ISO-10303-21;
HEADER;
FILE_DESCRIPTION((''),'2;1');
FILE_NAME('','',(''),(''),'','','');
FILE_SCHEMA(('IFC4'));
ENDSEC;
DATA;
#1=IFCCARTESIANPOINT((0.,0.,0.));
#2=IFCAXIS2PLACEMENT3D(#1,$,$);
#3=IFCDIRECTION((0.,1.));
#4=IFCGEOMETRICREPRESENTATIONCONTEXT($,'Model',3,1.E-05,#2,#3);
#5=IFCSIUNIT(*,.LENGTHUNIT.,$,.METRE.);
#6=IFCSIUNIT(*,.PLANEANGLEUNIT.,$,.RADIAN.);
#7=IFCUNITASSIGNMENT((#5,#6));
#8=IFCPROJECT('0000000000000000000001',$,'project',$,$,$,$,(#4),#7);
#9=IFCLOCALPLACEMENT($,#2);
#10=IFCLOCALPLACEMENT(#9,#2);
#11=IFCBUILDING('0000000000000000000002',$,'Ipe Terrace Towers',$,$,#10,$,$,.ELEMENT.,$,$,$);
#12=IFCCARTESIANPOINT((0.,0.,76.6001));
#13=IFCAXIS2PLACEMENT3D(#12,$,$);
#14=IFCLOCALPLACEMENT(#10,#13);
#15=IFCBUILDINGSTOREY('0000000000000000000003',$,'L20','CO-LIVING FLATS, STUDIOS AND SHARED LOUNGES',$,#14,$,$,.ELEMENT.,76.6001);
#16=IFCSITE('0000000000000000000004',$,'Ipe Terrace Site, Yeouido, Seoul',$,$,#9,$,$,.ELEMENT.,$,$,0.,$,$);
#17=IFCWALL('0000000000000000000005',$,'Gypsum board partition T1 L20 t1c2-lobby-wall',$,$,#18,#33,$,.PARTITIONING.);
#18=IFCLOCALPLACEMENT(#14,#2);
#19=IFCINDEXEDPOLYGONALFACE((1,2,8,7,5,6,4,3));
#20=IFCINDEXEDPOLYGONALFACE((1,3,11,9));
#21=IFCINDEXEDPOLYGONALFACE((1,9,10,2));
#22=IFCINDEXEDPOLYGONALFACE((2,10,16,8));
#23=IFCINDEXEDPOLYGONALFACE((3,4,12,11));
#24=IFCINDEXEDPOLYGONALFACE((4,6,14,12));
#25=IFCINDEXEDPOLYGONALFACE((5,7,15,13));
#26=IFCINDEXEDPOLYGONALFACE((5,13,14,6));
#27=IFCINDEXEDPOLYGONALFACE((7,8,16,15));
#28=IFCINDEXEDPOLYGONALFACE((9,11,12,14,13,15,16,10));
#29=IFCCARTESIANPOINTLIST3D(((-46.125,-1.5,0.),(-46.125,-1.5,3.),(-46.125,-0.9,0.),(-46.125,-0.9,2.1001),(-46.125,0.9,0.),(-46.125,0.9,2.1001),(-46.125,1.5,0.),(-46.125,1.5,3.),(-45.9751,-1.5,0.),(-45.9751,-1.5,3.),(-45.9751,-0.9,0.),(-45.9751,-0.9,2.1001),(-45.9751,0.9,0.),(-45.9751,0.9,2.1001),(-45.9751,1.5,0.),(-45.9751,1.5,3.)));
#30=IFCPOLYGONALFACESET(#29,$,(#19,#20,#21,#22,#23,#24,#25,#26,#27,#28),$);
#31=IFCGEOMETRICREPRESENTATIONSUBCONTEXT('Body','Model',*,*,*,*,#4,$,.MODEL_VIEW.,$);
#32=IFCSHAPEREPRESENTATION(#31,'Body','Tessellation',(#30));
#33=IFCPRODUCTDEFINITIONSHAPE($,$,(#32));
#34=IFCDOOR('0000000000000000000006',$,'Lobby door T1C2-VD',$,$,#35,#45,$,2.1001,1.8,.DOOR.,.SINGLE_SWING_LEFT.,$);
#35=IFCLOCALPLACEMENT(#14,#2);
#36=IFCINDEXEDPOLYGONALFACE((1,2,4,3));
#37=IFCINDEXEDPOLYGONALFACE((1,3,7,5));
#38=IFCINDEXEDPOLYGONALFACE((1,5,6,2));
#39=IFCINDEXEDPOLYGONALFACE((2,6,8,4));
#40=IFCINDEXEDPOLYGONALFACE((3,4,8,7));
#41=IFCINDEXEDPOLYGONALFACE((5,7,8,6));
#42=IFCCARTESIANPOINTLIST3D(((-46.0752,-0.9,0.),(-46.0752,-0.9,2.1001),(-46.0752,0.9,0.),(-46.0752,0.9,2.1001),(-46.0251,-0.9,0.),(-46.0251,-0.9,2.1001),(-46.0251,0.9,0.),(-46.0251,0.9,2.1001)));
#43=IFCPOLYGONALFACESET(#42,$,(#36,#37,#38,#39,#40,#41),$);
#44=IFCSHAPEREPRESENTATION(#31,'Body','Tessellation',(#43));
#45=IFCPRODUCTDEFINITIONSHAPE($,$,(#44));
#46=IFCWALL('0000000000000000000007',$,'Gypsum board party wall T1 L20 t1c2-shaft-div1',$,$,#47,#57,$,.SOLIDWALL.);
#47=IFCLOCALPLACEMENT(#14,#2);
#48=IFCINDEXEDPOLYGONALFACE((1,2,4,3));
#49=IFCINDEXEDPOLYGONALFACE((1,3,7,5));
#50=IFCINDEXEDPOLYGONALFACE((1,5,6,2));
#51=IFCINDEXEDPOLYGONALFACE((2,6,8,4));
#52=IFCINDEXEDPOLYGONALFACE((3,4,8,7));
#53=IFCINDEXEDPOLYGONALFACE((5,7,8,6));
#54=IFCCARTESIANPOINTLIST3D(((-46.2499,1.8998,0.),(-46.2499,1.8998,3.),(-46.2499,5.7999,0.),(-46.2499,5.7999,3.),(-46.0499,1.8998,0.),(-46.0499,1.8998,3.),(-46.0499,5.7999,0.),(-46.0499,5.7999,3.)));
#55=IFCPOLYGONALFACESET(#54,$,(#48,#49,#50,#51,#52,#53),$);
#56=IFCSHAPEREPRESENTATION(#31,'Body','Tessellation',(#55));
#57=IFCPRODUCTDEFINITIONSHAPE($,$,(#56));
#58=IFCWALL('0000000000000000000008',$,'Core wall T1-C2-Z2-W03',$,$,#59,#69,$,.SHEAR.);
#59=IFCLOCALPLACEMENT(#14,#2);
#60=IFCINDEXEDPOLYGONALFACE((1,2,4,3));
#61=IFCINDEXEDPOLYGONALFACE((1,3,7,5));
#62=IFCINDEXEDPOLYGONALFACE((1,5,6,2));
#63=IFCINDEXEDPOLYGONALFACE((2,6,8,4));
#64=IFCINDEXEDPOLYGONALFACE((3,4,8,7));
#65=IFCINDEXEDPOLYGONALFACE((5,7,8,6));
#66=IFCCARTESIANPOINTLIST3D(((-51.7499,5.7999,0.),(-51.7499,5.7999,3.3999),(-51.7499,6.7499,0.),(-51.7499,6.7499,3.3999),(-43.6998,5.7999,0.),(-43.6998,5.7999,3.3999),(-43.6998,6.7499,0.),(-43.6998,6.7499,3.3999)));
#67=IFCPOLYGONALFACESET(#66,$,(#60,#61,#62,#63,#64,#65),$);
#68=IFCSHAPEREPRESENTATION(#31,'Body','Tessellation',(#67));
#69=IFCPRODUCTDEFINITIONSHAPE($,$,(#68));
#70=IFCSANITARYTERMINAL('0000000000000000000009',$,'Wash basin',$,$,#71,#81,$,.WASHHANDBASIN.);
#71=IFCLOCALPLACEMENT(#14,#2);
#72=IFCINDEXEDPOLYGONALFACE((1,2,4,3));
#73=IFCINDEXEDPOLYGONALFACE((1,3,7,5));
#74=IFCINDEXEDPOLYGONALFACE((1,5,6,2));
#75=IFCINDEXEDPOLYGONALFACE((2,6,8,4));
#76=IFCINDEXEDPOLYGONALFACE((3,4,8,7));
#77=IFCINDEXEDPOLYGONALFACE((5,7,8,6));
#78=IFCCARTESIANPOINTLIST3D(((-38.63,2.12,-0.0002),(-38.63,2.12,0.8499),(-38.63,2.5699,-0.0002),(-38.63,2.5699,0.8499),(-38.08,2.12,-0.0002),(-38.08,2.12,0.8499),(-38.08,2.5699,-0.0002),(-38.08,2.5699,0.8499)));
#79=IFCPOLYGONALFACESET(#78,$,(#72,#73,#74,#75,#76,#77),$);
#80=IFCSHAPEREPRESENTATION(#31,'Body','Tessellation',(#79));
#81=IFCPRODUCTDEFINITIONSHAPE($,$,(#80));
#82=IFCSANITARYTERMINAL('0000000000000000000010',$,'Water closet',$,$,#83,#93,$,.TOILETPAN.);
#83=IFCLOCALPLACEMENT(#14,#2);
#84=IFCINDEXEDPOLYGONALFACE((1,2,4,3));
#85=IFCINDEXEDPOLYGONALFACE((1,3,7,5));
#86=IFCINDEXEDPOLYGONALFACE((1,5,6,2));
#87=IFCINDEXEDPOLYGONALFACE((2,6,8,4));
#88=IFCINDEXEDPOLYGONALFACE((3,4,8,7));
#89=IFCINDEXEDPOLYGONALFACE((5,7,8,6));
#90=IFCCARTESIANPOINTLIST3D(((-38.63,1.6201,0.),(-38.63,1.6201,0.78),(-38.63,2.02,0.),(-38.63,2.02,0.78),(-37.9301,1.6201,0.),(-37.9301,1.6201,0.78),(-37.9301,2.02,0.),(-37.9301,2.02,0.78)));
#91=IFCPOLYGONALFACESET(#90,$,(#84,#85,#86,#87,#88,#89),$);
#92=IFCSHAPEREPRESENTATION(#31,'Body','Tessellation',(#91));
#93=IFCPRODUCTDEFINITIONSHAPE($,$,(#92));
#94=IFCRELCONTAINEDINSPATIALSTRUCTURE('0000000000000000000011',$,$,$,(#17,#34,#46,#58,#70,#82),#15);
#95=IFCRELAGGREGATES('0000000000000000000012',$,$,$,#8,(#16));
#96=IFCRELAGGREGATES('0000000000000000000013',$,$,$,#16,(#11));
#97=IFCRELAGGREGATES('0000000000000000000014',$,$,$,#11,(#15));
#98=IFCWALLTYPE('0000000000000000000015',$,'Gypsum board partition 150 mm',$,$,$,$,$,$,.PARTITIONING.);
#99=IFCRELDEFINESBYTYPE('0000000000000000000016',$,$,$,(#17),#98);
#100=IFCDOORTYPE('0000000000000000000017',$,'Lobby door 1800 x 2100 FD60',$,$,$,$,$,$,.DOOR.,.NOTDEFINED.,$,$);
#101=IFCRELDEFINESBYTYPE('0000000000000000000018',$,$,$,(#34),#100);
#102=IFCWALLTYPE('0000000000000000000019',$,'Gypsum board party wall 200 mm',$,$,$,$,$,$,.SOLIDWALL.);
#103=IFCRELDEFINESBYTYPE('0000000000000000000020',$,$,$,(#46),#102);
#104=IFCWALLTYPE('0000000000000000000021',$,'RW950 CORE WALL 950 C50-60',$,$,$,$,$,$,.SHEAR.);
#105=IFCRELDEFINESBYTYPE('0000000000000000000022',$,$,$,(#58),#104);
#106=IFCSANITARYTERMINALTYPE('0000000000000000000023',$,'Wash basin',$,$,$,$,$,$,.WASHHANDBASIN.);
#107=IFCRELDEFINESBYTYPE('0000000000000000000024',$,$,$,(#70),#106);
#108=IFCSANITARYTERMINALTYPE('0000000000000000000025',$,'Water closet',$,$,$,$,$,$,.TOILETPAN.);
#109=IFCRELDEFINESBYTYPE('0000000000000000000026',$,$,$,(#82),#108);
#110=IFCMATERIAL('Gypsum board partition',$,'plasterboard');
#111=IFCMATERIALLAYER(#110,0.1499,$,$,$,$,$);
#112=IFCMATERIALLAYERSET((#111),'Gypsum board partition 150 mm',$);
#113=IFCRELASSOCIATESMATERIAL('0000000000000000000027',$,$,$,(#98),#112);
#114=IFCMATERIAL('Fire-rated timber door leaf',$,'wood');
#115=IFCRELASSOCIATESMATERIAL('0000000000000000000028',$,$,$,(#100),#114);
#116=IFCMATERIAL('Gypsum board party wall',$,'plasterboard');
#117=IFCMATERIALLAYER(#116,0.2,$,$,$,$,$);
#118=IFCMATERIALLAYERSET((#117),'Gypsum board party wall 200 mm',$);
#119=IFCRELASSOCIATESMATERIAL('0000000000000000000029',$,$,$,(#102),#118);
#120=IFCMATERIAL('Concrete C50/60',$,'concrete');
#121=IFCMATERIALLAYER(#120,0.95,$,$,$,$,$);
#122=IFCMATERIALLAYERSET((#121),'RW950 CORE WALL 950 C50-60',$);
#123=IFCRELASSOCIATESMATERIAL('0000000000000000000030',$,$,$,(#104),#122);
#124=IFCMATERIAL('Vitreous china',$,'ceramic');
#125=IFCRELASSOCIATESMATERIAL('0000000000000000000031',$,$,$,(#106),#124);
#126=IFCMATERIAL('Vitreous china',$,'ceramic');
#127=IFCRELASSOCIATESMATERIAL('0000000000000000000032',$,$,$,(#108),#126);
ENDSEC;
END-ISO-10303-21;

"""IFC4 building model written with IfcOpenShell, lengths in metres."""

from ifc_helpers import new_model, si_unit, direction, frame, frame_2d, origin, origin_2d, place, context, subcontext, project, spatial, rectangle, extrude, material, layer, layer_set, type_object, element, fill, save


model = new_model("IFC4")

# Units and contexts
model_context = context("Model", 3, precision=1e-05, world=origin(), true_north=direction((0.0, 1.0)))
body_context = subcontext(model_context, "Body", "Model", "MODEL_VIEW")
ifc_project = project(units=[si_unit("LENGTHUNIT", "METRE"), si_unit("PLANEANGLEUNIT", "RADIAN")], contexts=[model_context])

# Site, building, storey
site_placement = place(None, origin())
site = spatial("IfcSite", under=ifc_project, at=site_placement, Name="Ipe Terrace Site, Yeouido, Seoul", CompositionType="ELEMENT", RefElevation=0.0)
building_placement = place(site_placement, origin())
building = spatial("IfcBuilding", under=site, at=building_placement, Name="Ipe Terrace Towers", CompositionType="ELEMENT")
storey_placement = place(building_placement, frame((0.0, 0.0, 76.6001)))
storey = spatial("IfcBuildingStorey", under=building, at=storey_placement, Name="L20", Description="CO-LIVING FLATS, STUDIOS AND SHARED LOUNGES", CompositionType="ELEMENT", Elevation=76.6001)

# Wall, opening, door
ifc_material_1 = material(Name="Gypsum board partition", Category="plasterboard")
ifc_layer_1 = layer(ifc_material_1, 0.1499)
ifc_layer_set_1 = layer_set([ifc_layer_1], Name="Gypsum board partition 150 mm")
wall_type_1 = type_object("IfcWallType", Name="Gypsum board partition 150 mm", PredefinedType="PARTITIONING", material=ifc_layer_set_1)
wall_1_placement = place(storey_placement, frame((-46.05, 1.5, 0.0), z_axis=(0.0, 0.0, 1.0), x_axis=(0.0, -1.0, 0.0)))
wall_1 = element("IfcWall", 1, at=wall_1_placement, inside=storey, type_object=wall_type_1, Name="Gypsum board partition T1 L20 t1c2-lobby-wall", PredefinedType="PARTITIONING", context=body_context, shape_type="SweptSolid", body=[
    extrude(rectangle(XDim=3.0, YDim=0.1499, at=frame_2d((1.5, 0.0))), origin(), (0.0, 0.0, 1.0), 3.0),
])
opening_1_placement = place(wall_1_placement, frame((0.6001, 0.0, 0.0)))
opening_1 = element("IfcOpeningElement", 2, at=opening_1_placement, cuts=wall_1, PredefinedType="OPENING", context=body_context, shape_type="SweptSolid", body=[
    extrude(rectangle(XDim=1.8, YDim=2.1001, at=frame_2d((0.8999, 1.05))), frame((0.0, 0.085, 0.0), z_axis=(0.0, -1.0, 0.0), x_axis=(1.0, 0.0, 0.0)), (0.0, 0.0, 1.0), 0.1699),
])
ifc_material_2 = material(Name="Fire-rated timber door leaf", Category="wood")
door_type_1 = type_object("IfcDoorType", Name="Lobby door 1800 x 2100 FD60", OperationType="NOTDEFINED", PredefinedType="DOOR", material=ifc_material_2)
door_1_placement = place(opening_1_placement, origin())
door_1 = element("IfcDoor", 3, at=door_1_placement, inside=storey, type_object=door_type_1, Name="Lobby door T1C2-VD", OperationType="SINGLE_SWING_LEFT", OverallHeight=2.1001, OverallWidth=1.8, PredefinedType="DOOR", context=body_context, shape_type="SweptSolid", body=[
    extrude(rectangle(XDim=1.8, YDim=2.1001, at=frame_2d((0.8999, 1.05))), frame((0.0, 0.0249, 0.0), z_axis=(0.0, -1.0, 0.0), x_axis=(1.0, 0.0, 0.0)), (0.0, 0.0, 1.0), 0.05),
])
fill(opening_1, door_1)

# Walls
ifc_material_3 = material(Name="Gypsum board party wall", Category="plasterboard")
ifc_layer_2 = layer(ifc_material_3, 0.2)
ifc_layer_set_2 = layer_set([ifc_layer_2], Name="Gypsum board party wall 200 mm")
wall_type_2 = type_object("IfcWallType", Name="Gypsum board party wall 200 mm", PredefinedType="SOLIDWALL", material=ifc_layer_set_2)
wall_2_placement = place(storey_placement, frame((-46.1499, 5.8, 0.0), z_axis=(0.0, 0.0, 1.0), x_axis=(0.0, -1.0, 0.0)))
element("IfcWall", 4, at=wall_2_placement, inside=storey, type_object=wall_type_2, Name="Gypsum board party wall T1 L20 t1c2-shaft-div1", PredefinedType="SOLIDWALL", context=body_context, shape_type="SweptSolid", body=[
    extrude(rectangle(XDim=3.9001, YDim=0.2, at=frame_2d((1.9502, 0.0))), origin(), (0.0, 0.0, 1.0), 3.0),
])
ifc_material_4 = material(Name="Concrete C50/60", Category="concrete")
ifc_layer_3 = layer(ifc_material_4, 0.95)
ifc_layer_set_3 = layer_set([ifc_layer_3], Name="RW950 CORE WALL 950 C50-60")
wall_type_3 = type_object("IfcWallType", Name="RW950 CORE WALL 950 C50-60", PredefinedType="SHEAR", material=ifc_layer_set_3)
wall_3_placement = place(storey_placement, frame((-43.7, 6.2749, 0.0), z_axis=(0.0, 0.0, 1.0), x_axis=(-1.0, 0.0, 0.0)))
element("IfcWall", 5, at=wall_3_placement, inside=storey, type_object=wall_type_3, Name="Core wall T1-C2-Z2-W03", PredefinedType="SHEAR", context=body_context, shape_type="SweptSolid", body=[
    extrude(rectangle(XDim=8.05, YDim=0.95, at=frame_2d((4.0249, 0.0))), origin(), (0.0, 0.0, 1.0), 3.3999),
])

# Sanitary terminals
ifc_material_5 = material(Name="Vitreous china", Category="ceramic")
sanitary_terminal_type_1 = type_object("IfcSanitaryTerminalType", Name="Wash basin", PredefinedType="WASHHANDBASIN", material=ifc_material_5)
sanitary_terminal_1_placement = place(storey_placement, frame((-38.355, 2.345, -0.0002), z_axis=(0.0, 0.0, 1.0), x_axis=(1.0, 0.0, 0.0)))
element("IfcSanitaryTerminal", 6, at=sanitary_terminal_1_placement, inside=storey, type_object=sanitary_terminal_type_1, Name="Wash basin", PredefinedType="WASHHANDBASIN", context=body_context, shape_type="SweptSolid", body=[
    extrude(rectangle(XDim=0.55, YDim=0.45, at=origin_2d()), origin(), (0.0, 0.0, 1.0), 0.8501),
])
ifc_material_6 = material(Name="Vitreous china", Category="ceramic")
sanitary_terminal_type_2 = type_object("IfcSanitaryTerminalType", Name="Water closet", PredefinedType="TOILETPAN", material=ifc_material_6)
sanitary_terminal_2_placement = place(storey_placement, frame((-38.28, 1.8201, 0.0), z_axis=(0.0, 0.0, 1.0), x_axis=(1.0, 0.0, 0.0)))
element("IfcSanitaryTerminal", 7, at=sanitary_terminal_2_placement, inside=storey, type_object=sanitary_terminal_type_2, Name="Water closet", PredefinedType="TOILETPAN", context=body_context, shape_type="SweptSolid", body=[
    extrude(rectangle(XDim=0.7, YDim=0.3999, at=origin_2d()), origin(), (0.0, 0.0, 1.0), 0.78),
])

save(model, "model.ifc")
